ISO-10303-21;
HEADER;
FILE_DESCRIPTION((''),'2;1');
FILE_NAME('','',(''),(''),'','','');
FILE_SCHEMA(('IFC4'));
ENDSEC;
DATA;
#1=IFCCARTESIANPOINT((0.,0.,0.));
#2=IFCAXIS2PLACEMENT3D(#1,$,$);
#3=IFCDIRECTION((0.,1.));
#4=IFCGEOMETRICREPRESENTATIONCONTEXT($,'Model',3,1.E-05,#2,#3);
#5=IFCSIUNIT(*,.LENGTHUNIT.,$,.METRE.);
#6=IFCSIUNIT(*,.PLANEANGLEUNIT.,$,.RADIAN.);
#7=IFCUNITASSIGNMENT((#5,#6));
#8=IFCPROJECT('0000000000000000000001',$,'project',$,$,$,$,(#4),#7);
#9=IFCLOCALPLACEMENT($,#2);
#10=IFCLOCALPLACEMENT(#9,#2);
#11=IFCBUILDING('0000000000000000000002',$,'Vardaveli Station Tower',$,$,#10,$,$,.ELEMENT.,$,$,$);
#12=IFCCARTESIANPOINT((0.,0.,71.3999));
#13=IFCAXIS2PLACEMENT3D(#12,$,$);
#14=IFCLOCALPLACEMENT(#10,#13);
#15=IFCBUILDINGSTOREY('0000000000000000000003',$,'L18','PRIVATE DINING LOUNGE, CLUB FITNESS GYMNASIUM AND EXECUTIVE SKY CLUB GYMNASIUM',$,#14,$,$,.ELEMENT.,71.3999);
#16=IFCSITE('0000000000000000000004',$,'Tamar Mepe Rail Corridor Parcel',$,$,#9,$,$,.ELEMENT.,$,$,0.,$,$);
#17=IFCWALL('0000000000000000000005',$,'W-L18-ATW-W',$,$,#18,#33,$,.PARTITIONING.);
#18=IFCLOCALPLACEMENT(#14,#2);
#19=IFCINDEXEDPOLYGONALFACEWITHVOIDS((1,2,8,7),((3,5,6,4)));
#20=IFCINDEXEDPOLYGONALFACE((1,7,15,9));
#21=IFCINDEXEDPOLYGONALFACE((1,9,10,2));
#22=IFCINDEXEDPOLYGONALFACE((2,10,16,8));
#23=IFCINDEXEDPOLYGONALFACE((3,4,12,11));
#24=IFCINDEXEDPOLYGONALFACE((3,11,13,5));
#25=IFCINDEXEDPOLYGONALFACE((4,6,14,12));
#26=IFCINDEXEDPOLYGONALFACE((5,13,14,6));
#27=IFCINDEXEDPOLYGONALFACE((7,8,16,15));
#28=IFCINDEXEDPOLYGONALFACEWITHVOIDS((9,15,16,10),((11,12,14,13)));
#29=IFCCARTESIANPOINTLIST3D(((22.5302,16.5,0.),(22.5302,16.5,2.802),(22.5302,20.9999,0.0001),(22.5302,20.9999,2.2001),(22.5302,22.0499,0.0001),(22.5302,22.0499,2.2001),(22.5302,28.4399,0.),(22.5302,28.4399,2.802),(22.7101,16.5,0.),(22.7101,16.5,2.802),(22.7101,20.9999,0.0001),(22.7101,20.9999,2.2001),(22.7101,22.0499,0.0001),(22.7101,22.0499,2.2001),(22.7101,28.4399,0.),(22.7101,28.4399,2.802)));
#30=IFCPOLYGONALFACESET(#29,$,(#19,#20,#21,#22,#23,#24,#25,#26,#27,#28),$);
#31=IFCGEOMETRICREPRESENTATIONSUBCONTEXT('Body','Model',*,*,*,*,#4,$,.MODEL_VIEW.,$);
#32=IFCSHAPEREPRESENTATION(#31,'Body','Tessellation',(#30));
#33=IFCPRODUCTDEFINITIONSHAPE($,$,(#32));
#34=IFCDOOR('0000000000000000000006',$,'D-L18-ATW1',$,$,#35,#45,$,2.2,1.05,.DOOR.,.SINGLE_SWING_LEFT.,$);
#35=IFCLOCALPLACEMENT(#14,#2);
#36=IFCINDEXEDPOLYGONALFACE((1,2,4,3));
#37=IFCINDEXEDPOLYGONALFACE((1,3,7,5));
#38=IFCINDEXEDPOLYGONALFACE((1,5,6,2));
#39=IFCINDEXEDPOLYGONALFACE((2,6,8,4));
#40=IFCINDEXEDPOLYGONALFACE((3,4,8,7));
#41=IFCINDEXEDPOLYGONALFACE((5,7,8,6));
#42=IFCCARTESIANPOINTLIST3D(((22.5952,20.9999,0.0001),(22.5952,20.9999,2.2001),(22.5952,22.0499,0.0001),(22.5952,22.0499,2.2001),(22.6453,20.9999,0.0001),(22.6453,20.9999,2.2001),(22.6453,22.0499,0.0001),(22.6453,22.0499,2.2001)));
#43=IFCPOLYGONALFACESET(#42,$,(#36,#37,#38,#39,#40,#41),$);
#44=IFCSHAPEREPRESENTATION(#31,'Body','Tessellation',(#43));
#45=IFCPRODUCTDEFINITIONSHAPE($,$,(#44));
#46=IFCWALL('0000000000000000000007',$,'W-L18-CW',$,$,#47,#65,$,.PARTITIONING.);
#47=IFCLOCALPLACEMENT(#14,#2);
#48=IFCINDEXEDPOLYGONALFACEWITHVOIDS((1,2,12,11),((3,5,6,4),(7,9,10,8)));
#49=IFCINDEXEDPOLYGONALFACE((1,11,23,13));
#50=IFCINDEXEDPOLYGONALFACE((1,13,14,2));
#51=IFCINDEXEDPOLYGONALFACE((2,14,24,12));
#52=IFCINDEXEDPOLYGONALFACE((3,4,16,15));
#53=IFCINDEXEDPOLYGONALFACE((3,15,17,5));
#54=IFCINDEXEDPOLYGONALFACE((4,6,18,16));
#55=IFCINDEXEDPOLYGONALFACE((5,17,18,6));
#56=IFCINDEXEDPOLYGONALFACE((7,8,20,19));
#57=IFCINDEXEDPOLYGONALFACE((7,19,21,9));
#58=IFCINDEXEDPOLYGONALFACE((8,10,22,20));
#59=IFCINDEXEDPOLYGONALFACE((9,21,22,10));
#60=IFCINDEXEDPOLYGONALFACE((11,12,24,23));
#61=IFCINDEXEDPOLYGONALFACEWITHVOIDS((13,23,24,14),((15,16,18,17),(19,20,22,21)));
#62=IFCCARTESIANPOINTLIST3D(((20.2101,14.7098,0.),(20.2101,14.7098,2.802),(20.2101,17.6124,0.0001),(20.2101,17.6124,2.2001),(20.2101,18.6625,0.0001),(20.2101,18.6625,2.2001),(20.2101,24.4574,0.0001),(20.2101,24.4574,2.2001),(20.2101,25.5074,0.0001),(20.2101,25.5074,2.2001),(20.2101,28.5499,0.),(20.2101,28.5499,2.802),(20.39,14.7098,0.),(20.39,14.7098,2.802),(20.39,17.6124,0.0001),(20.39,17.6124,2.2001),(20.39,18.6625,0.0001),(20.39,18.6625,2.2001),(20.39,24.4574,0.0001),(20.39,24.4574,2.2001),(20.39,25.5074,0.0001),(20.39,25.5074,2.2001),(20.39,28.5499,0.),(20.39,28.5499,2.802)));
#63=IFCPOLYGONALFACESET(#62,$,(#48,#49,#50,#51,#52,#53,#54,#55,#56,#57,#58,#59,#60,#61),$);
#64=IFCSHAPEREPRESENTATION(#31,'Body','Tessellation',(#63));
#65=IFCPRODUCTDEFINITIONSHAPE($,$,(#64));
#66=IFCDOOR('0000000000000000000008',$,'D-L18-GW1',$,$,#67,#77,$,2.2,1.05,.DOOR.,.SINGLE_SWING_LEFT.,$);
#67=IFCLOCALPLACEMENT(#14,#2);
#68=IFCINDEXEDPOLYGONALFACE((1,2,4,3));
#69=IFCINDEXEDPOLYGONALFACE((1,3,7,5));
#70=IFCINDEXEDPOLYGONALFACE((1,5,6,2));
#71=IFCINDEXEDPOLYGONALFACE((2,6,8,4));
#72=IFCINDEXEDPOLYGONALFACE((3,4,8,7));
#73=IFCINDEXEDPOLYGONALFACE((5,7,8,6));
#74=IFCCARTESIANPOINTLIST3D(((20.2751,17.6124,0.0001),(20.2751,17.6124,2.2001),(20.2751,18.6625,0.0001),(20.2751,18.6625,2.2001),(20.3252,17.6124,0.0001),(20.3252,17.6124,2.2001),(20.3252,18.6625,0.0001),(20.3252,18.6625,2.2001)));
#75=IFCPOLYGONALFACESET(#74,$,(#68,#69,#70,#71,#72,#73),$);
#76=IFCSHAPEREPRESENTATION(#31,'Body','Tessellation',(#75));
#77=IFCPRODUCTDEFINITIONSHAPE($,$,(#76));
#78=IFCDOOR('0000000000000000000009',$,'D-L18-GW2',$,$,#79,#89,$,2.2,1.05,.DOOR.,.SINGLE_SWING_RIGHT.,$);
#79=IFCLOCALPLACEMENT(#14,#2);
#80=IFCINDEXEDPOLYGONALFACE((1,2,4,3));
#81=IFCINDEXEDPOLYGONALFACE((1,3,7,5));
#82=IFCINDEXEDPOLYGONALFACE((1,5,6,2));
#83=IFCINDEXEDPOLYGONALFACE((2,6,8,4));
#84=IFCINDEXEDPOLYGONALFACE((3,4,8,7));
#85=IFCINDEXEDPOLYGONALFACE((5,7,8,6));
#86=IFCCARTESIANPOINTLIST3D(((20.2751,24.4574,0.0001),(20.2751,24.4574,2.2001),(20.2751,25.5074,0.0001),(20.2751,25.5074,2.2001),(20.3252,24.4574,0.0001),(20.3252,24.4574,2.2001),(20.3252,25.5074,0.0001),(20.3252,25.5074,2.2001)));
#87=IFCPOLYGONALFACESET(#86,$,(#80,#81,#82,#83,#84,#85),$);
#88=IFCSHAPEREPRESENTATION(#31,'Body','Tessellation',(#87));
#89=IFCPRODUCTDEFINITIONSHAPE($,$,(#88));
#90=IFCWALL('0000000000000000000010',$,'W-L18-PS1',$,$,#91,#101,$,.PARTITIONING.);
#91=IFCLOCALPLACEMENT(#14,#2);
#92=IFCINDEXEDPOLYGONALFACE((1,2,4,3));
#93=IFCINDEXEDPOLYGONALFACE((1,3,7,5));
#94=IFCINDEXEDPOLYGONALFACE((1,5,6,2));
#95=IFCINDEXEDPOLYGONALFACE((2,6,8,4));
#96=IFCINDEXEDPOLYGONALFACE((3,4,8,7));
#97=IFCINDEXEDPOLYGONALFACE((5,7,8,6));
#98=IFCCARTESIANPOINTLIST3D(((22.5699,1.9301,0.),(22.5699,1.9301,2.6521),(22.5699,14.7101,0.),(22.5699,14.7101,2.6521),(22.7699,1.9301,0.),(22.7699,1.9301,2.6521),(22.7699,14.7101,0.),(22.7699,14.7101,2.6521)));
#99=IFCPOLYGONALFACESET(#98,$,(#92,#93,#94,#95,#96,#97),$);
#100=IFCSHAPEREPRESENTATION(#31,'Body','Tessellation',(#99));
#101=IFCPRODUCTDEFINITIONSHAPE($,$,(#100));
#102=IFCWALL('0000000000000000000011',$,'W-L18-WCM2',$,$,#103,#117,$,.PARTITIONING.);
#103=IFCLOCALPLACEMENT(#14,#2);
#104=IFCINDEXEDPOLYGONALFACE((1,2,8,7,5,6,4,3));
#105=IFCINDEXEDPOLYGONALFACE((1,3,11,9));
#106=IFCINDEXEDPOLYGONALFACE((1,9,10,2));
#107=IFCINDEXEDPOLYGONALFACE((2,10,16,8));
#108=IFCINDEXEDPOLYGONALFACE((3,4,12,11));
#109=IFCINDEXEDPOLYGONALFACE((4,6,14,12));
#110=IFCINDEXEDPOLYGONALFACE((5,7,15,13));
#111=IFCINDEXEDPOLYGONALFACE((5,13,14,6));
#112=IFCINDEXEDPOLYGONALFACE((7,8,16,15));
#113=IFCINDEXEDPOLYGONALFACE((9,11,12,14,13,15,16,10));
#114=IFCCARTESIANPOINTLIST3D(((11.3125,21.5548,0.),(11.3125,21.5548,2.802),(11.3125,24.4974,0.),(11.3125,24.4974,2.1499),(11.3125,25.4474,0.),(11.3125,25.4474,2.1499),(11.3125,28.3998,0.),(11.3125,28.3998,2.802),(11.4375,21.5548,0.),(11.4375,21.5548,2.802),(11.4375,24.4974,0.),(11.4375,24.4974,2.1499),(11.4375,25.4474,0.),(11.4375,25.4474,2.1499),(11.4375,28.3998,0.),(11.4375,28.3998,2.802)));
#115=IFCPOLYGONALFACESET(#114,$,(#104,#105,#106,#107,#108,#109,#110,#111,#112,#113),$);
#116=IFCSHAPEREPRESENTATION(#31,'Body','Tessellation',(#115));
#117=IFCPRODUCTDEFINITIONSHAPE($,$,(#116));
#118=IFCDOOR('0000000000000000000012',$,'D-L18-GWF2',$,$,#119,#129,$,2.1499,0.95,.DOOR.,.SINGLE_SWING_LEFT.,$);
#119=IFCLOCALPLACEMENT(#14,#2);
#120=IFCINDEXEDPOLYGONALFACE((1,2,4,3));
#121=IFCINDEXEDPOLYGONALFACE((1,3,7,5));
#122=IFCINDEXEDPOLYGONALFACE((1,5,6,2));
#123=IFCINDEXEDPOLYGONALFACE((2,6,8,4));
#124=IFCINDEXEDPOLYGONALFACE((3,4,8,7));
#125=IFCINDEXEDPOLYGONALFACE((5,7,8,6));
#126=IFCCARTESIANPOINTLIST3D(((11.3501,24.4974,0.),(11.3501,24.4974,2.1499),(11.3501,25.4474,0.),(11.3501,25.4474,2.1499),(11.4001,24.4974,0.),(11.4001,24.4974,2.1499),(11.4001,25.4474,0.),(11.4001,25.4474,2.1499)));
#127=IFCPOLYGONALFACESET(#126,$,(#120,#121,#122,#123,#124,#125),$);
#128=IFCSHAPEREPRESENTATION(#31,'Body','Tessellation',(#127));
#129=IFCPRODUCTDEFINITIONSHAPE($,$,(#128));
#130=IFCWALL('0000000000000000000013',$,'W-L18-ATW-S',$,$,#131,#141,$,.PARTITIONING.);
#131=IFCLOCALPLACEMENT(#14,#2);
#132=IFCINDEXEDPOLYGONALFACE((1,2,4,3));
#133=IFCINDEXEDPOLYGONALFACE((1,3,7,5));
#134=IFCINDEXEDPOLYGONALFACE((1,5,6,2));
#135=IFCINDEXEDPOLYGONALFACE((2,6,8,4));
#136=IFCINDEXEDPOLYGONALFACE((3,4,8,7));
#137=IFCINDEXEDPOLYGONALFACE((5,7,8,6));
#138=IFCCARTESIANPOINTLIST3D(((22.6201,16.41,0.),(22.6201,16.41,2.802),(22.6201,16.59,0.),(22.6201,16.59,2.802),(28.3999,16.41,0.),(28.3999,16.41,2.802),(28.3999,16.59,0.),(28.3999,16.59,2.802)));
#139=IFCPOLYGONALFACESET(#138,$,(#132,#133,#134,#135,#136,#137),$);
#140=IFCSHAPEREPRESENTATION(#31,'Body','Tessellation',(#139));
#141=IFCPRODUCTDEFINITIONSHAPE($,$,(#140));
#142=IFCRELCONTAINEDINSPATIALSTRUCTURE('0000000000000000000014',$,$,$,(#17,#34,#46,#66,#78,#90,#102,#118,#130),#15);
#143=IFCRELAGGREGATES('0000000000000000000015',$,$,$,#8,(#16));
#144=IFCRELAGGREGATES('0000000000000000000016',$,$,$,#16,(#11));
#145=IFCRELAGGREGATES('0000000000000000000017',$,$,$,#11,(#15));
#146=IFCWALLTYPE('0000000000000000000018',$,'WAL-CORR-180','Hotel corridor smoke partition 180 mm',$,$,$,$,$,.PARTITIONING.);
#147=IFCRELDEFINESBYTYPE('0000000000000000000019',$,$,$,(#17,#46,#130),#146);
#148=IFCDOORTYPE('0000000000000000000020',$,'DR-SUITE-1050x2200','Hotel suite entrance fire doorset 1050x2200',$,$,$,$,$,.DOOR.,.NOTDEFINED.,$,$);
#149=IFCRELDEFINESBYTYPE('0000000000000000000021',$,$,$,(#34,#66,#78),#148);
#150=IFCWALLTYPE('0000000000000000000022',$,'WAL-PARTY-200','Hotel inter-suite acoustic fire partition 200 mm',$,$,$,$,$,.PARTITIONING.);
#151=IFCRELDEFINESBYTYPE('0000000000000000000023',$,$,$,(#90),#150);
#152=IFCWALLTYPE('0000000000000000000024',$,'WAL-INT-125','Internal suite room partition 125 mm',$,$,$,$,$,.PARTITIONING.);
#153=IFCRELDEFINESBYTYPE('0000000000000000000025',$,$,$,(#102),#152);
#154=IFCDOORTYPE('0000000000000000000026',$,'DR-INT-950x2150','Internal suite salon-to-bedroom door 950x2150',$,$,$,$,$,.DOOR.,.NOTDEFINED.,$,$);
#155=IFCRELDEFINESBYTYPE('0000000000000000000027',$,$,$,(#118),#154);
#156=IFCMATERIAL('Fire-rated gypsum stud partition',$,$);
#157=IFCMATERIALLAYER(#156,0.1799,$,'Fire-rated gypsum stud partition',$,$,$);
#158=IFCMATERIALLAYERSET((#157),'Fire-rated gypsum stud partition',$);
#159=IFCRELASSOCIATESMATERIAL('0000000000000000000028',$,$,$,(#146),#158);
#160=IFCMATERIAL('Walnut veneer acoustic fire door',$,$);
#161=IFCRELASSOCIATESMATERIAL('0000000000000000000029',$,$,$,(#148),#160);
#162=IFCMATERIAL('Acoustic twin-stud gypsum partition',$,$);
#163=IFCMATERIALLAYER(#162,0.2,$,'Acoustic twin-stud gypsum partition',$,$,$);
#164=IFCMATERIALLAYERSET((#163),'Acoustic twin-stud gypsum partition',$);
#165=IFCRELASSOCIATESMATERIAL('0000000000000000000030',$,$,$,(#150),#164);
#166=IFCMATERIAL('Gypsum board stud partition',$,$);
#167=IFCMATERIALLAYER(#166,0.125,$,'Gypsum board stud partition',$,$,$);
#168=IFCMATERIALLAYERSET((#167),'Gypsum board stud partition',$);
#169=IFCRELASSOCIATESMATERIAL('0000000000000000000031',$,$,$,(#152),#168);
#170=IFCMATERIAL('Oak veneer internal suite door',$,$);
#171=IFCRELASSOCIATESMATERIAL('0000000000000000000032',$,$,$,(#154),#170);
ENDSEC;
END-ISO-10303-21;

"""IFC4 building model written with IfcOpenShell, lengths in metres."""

from ifc_helpers import new_model, si_unit, direction, frame, frame_2d, origin, place, context, subcontext, project, spatial, rectangle, extrude, source, transform, mapped, material, layer, layer_set, type_object, element, fill, save


model = new_model("IFC4")

# Units and contexts
model_context = context("Model", 3, precision=1e-05, world=origin(), true_north=direction((0.0, 1.0)))
body_context = subcontext(model_context, "Body", "Model", "MODEL_VIEW")
ifc_project = project(units=[si_unit("LENGTHUNIT", "METRE"), si_unit("PLANEANGLEUNIT", "RADIAN")], contexts=[model_context])

# Site, building, storey
site_placement = place(None, origin())
site = spatial("IfcSite", under=ifc_project, at=site_placement, Name="Tamar Mepe Rail Corridor Parcel", CompositionType="ELEMENT", RefElevation=0.0)
building_placement = place(site_placement, origin())
building = spatial("IfcBuilding", under=site, at=building_placement, Name="Vardaveli Station Tower", CompositionType="ELEMENT")
storey_placement = place(building_placement, frame((0.0, 0.0, 71.3999)))
storey = spatial("IfcBuildingStorey", under=building, at=storey_placement, Name="L18", Description="PRIVATE DINING LOUNGE, CLUB FITNESS GYMNASIUM AND EXECUTIVE SKY CLUB GYMNASIUM", CompositionType="ELEMENT", Elevation=71.3999)

# Wall, opening, door
ifc_material_1 = material(Name="Fire-rated gypsum stud partition")
ifc_layer_1 = layer(ifc_material_1, 0.1799, Name="Fire-rated gypsum stud partition")
ifc_layer_set_1 = layer_set([ifc_layer_1], Name="Fire-rated gypsum stud partition")
wall_type_1 = type_object("IfcWallType", Name="WAL-CORR-180", Description="Hotel corridor smoke partition 180 mm", PredefinedType="PARTITIONING", material=ifc_layer_set_1)
shared_shape_1 = source(origin(), body_context, "Body", "SweptSolid", [
    extrude(rectangle(XDim=11.9399, YDim=0.1799, at=frame_2d((5.97, 0.0))), origin(), (0.0, 0.0, 1.0), 2.802),
])
wall_1_placement = place(storey_placement, frame((22.6201, 16.5, 0.0), z_axis=(0.0, 0.0, 1.0), x_axis=(0.0, 1.0, 0.0)))
wall_1 = element("IfcWall", 1, at=wall_1_placement, inside=storey, type_object=wall_type_1, Name="W-L18-ATW-W", PredefinedType="PARTITIONING", context=body_context, shape_type="MappedRepresentation", body=[
    mapped(shared_shape_1, transform((0.0, 0.0, 0.0), scale=1.0)),
])
shared_shape_2 = source(origin(), body_context, "Body", "SweptSolid", [
    extrude(rectangle(XDim=1.05, YDim=2.2, at=frame_2d((0.5249, 1.1001))), frame((0.0, 0.1001, 0.0), z_axis=(0.0, -1.0, 0.0), x_axis=(1.0, 0.0, 0.0)), (0.0, 0.0, 1.0), 0.2),
])
opening_1_placement = place(wall_1_placement, frame((4.5, 0.0, 0.0)))
opening_1 = element("IfcOpeningElement", 2, at=opening_1_placement, cuts=wall_1, PredefinedType="OPENING", context=body_context, shape_type="MappedRepresentation", body=[
    mapped(shared_shape_2, transform((0.0, 0.0, 0.0), scale=1.0)),
])
ifc_material_2 = material(Name="Walnut veneer acoustic fire door")
door_type_1 = type_object("IfcDoorType", Name="DR-SUITE-1050x2200", Description="Hotel suite entrance fire doorset 1050x2200", OperationType="NOTDEFINED", PredefinedType="DOOR", material=ifc_material_2)
shared_shape_3 = source(origin(), body_context, "Body", "SweptSolid", [
    extrude(rectangle(XDim=1.05, YDim=2.2, at=frame_2d((0.5249, 1.1001))), frame((0.0, 0.0249, 0.0), z_axis=(0.0, -1.0, 0.0), x_axis=(1.0, 0.0, 0.0)), (0.0, 0.0, 1.0), 0.05),
])
door_1_placement = place(opening_1_placement, origin())
door_1 = element("IfcDoor", 3, at=door_1_placement, inside=storey, type_object=door_type_1, Name="D-L18-ATW1", OperationType="SINGLE_SWING_LEFT", OverallHeight=2.2, OverallWidth=1.05, PredefinedType="DOOR", context=body_context, shape_type="MappedRepresentation", body=[
    mapped(shared_shape_3, transform((0.0, 0.0, 0.0), scale=1.0)),
])
fill(opening_1, door_1)

# Wall, openings, doors
shared_shape_4 = source(origin(), body_context, "Body", "SweptSolid", [
    extrude(rectangle(XDim=13.8401, YDim=0.1799, at=frame_2d((6.9199, 0.0))), origin(), (0.0, 0.0, 1.0), 2.802),
])
wall_2_placement = place(storey_placement, frame((20.3, 14.71, 0.0), z_axis=(0.0, 0.0, 1.0), x_axis=(0.0, 1.0, 0.0)))
wall_2 = element("IfcWall", 4, at=wall_2_placement, inside=storey, type_object=wall_type_1, Name="W-L18-CW", PredefinedType="PARTITIONING", context=body_context, shape_type="MappedRepresentation", body=[
    mapped(shared_shape_4, transform((0.0, 0.0, 0.0), scale=1.0)),
])
opening_2_placement = place(wall_2_placement, frame((2.9026, 0.0, 0.0)))
opening_2 = element("IfcOpeningElement", 5, at=opening_2_placement, cuts=wall_2, PredefinedType="OPENING", context=body_context, shape_type="MappedRepresentation", body=[
    mapped(shared_shape_2, transform((0.0, 0.0, 0.0), scale=1.0)),
])
opening_3_placement = place(wall_2_placement, frame((9.7476, 0.0, 0.0)))
opening_3 = element("IfcOpeningElement", 6, at=opening_3_placement, cuts=wall_2, PredefinedType="OPENING", context=body_context, shape_type="MappedRepresentation", body=[
    mapped(shared_shape_2, transform((0.0, 0.0, 0.0), scale=1.0)),
])
door_2_placement = place(opening_2_placement, origin())
door_2 = element("IfcDoor", 7, at=door_2_placement, inside=storey, type_object=door_type_1, Name="D-L18-GW1", OperationType="SINGLE_SWING_LEFT", OverallHeight=2.2, OverallWidth=1.05, PredefinedType="DOOR", context=body_context, shape_type="MappedRepresentation", body=[
    mapped(shared_shape_3, transform((0.0, 0.0, 0.0), scale=1.0)),
])
fill(opening_2, door_2)
door_3_placement = place(opening_3_placement, origin())
door_3 = element("IfcDoor", 8, at=door_3_placement, inside=storey, type_object=door_type_1, Name="D-L18-GW2", OperationType="SINGLE_SWING_RIGHT", OverallHeight=2.2, OverallWidth=1.05, PredefinedType="DOOR", context=body_context, shape_type="MappedRepresentation", body=[
    mapped(shared_shape_3, transform((0.0, 0.0, 0.0), scale=1.0)),
])
fill(opening_3, door_3)

# Wall
ifc_material_3 = material(Name="Acoustic twin-stud gypsum partition")
ifc_layer_2 = layer(ifc_material_3, 0.2, Name="Acoustic twin-stud gypsum partition")
ifc_layer_set_2 = layer_set([ifc_layer_2], Name="Acoustic twin-stud gypsum partition")
wall_type_2 = type_object("IfcWallType", Name="WAL-PARTY-200", Description="Hotel inter-suite acoustic fire partition 200 mm", PredefinedType="PARTITIONING", material=ifc_layer_set_2)
shared_shape_5 = source(origin(), body_context, "Body", "SweptSolid", [
    extrude(rectangle(XDim=12.78, YDim=0.2, at=frame_2d((6.3901, 0.0))), origin(), (0.0, 0.0, 1.0), 2.6521),
])
wall_3_placement = place(storey_placement, frame((22.6699, 1.9299, 0.0), z_axis=(0.0, 0.0, 1.0), x_axis=(0.0, 1.0, 0.0)))
element("IfcWall", 9, at=wall_3_placement, inside=storey, type_object=wall_type_2, Name="W-L18-PS1", PredefinedType="PARTITIONING", context=body_context, shape_type="MappedRepresentation", body=[
    mapped(shared_shape_5, transform((0.0, 0.0, 0.0), scale=1.0)),
])

# Wall, opening, door
ifc_material_4 = material(Name="Gypsum board stud partition")
ifc_layer_3 = layer(ifc_material_4, 0.125, Name="Gypsum board stud partition")
ifc_layer_set_3 = layer_set([ifc_layer_3], Name="Gypsum board stud partition")
wall_type_3 = type_object("IfcWallType", Name="WAL-INT-125", Description="Internal suite room partition 125 mm", PredefinedType="PARTITIONING", material=ifc_layer_set_3)
shared_shape_6 = source(origin(), body_context, "Body", "SweptSolid", [
    extrude(rectangle(XDim=6.845, YDim=0.125, at=frame_2d((3.4224, 0.0))), origin(), (0.0, 0.0, 1.0), 2.802),
])
wall_4_placement = place(storey_placement, frame((11.375, 21.5549, 0.0), z_axis=(0.0, 0.0, 1.0), x_axis=(0.0, 1.0, 0.0)))
wall_4 = element("IfcWall", 10, at=wall_4_placement, inside=storey, type_object=wall_type_3, Name="W-L18-WCM2", PredefinedType="PARTITIONING", context=body_context, shape_type="MappedRepresentation", body=[
    mapped(shared_shape_6, transform((0.0, 0.0, 0.0), scale=1.0)),
])
shared_shape_7 = source(origin(), body_context, "Body", "SweptSolid", [
    extrude(rectangle(XDim=0.95, YDim=2.1499, at=frame_2d((0.4751, 1.075))), frame((0.0, 0.0725, 0.0), z_axis=(0.0, -1.0, 0.0), x_axis=(1.0, 0.0, 0.0)), (0.0, 0.0, 1.0), 0.145),
])
opening_4_placement = place(wall_4_placement, frame((2.9424, 0.0, 0.0)))
opening_4 = element("IfcOpeningElement", 11, at=opening_4_placement, cuts=wall_4, PredefinedType="OPENING", context=body_context, shape_type="MappedRepresentation", body=[
    mapped(shared_shape_7, transform((0.0, 0.0, 0.0), scale=1.0)),
])
ifc_material_5 = material(Name="Oak veneer internal suite door")
door_type_2 = type_object("IfcDoorType", Name="DR-INT-950x2150", Description="Internal suite salon-to-bedroom door 950x2150", OperationType="NOTDEFINED", PredefinedType="DOOR", material=ifc_material_5)
shared_shape_8 = source(origin(), body_context, "Body", "SweptSolid", [
    extrude(rectangle(XDim=0.95, YDim=2.1499, at=frame_2d((0.4751, 1.075))), frame((0.0, 0.0249, 0.0), z_axis=(0.0, -1.0, 0.0), x_axis=(1.0, 0.0, 0.0)), (0.0, 0.0, 1.0), 0.05),
])
door_4_placement = place(opening_4_placement, origin())
door_4 = element("IfcDoor", 12, at=door_4_placement, inside=storey, type_object=door_type_2, Name="D-L18-GWF2", OperationType="SINGLE_SWING_LEFT", OverallHeight=2.1499, OverallWidth=0.95, PredefinedType="DOOR", context=body_context, shape_type="MappedRepresentation", body=[
    mapped(shared_shape_8, transform((0.0, 0.0, 0.0), scale=1.0)),
])
fill(opening_4, door_4)

# Wall
shared_shape_9 = source(origin(), body_context, "Body", "SweptSolid", [
    extrude(rectangle(XDim=5.7798, YDim=0.1799, at=frame_2d((2.8899, 0.0))), origin(), (0.0, 0.0, 1.0), 2.802),
])
wall_5_placement = place(storey_placement, frame((22.6201, 16.5, 0.0), z_axis=(0.0, 0.0, 1.0), x_axis=(1.0, 0.0, 0.0)))
element("IfcWall", 13, at=wall_5_placement, inside=storey, type_object=wall_type_1, Name="W-L18-ATW-S", PredefinedType="PARTITIONING", context=body_context, shape_type="MappedRepresentation", body=[
    mapped(shared_shape_9, transform((0.0, 0.0, 0.0), scale=1.0)),
])

save(model, "model.ifc")
